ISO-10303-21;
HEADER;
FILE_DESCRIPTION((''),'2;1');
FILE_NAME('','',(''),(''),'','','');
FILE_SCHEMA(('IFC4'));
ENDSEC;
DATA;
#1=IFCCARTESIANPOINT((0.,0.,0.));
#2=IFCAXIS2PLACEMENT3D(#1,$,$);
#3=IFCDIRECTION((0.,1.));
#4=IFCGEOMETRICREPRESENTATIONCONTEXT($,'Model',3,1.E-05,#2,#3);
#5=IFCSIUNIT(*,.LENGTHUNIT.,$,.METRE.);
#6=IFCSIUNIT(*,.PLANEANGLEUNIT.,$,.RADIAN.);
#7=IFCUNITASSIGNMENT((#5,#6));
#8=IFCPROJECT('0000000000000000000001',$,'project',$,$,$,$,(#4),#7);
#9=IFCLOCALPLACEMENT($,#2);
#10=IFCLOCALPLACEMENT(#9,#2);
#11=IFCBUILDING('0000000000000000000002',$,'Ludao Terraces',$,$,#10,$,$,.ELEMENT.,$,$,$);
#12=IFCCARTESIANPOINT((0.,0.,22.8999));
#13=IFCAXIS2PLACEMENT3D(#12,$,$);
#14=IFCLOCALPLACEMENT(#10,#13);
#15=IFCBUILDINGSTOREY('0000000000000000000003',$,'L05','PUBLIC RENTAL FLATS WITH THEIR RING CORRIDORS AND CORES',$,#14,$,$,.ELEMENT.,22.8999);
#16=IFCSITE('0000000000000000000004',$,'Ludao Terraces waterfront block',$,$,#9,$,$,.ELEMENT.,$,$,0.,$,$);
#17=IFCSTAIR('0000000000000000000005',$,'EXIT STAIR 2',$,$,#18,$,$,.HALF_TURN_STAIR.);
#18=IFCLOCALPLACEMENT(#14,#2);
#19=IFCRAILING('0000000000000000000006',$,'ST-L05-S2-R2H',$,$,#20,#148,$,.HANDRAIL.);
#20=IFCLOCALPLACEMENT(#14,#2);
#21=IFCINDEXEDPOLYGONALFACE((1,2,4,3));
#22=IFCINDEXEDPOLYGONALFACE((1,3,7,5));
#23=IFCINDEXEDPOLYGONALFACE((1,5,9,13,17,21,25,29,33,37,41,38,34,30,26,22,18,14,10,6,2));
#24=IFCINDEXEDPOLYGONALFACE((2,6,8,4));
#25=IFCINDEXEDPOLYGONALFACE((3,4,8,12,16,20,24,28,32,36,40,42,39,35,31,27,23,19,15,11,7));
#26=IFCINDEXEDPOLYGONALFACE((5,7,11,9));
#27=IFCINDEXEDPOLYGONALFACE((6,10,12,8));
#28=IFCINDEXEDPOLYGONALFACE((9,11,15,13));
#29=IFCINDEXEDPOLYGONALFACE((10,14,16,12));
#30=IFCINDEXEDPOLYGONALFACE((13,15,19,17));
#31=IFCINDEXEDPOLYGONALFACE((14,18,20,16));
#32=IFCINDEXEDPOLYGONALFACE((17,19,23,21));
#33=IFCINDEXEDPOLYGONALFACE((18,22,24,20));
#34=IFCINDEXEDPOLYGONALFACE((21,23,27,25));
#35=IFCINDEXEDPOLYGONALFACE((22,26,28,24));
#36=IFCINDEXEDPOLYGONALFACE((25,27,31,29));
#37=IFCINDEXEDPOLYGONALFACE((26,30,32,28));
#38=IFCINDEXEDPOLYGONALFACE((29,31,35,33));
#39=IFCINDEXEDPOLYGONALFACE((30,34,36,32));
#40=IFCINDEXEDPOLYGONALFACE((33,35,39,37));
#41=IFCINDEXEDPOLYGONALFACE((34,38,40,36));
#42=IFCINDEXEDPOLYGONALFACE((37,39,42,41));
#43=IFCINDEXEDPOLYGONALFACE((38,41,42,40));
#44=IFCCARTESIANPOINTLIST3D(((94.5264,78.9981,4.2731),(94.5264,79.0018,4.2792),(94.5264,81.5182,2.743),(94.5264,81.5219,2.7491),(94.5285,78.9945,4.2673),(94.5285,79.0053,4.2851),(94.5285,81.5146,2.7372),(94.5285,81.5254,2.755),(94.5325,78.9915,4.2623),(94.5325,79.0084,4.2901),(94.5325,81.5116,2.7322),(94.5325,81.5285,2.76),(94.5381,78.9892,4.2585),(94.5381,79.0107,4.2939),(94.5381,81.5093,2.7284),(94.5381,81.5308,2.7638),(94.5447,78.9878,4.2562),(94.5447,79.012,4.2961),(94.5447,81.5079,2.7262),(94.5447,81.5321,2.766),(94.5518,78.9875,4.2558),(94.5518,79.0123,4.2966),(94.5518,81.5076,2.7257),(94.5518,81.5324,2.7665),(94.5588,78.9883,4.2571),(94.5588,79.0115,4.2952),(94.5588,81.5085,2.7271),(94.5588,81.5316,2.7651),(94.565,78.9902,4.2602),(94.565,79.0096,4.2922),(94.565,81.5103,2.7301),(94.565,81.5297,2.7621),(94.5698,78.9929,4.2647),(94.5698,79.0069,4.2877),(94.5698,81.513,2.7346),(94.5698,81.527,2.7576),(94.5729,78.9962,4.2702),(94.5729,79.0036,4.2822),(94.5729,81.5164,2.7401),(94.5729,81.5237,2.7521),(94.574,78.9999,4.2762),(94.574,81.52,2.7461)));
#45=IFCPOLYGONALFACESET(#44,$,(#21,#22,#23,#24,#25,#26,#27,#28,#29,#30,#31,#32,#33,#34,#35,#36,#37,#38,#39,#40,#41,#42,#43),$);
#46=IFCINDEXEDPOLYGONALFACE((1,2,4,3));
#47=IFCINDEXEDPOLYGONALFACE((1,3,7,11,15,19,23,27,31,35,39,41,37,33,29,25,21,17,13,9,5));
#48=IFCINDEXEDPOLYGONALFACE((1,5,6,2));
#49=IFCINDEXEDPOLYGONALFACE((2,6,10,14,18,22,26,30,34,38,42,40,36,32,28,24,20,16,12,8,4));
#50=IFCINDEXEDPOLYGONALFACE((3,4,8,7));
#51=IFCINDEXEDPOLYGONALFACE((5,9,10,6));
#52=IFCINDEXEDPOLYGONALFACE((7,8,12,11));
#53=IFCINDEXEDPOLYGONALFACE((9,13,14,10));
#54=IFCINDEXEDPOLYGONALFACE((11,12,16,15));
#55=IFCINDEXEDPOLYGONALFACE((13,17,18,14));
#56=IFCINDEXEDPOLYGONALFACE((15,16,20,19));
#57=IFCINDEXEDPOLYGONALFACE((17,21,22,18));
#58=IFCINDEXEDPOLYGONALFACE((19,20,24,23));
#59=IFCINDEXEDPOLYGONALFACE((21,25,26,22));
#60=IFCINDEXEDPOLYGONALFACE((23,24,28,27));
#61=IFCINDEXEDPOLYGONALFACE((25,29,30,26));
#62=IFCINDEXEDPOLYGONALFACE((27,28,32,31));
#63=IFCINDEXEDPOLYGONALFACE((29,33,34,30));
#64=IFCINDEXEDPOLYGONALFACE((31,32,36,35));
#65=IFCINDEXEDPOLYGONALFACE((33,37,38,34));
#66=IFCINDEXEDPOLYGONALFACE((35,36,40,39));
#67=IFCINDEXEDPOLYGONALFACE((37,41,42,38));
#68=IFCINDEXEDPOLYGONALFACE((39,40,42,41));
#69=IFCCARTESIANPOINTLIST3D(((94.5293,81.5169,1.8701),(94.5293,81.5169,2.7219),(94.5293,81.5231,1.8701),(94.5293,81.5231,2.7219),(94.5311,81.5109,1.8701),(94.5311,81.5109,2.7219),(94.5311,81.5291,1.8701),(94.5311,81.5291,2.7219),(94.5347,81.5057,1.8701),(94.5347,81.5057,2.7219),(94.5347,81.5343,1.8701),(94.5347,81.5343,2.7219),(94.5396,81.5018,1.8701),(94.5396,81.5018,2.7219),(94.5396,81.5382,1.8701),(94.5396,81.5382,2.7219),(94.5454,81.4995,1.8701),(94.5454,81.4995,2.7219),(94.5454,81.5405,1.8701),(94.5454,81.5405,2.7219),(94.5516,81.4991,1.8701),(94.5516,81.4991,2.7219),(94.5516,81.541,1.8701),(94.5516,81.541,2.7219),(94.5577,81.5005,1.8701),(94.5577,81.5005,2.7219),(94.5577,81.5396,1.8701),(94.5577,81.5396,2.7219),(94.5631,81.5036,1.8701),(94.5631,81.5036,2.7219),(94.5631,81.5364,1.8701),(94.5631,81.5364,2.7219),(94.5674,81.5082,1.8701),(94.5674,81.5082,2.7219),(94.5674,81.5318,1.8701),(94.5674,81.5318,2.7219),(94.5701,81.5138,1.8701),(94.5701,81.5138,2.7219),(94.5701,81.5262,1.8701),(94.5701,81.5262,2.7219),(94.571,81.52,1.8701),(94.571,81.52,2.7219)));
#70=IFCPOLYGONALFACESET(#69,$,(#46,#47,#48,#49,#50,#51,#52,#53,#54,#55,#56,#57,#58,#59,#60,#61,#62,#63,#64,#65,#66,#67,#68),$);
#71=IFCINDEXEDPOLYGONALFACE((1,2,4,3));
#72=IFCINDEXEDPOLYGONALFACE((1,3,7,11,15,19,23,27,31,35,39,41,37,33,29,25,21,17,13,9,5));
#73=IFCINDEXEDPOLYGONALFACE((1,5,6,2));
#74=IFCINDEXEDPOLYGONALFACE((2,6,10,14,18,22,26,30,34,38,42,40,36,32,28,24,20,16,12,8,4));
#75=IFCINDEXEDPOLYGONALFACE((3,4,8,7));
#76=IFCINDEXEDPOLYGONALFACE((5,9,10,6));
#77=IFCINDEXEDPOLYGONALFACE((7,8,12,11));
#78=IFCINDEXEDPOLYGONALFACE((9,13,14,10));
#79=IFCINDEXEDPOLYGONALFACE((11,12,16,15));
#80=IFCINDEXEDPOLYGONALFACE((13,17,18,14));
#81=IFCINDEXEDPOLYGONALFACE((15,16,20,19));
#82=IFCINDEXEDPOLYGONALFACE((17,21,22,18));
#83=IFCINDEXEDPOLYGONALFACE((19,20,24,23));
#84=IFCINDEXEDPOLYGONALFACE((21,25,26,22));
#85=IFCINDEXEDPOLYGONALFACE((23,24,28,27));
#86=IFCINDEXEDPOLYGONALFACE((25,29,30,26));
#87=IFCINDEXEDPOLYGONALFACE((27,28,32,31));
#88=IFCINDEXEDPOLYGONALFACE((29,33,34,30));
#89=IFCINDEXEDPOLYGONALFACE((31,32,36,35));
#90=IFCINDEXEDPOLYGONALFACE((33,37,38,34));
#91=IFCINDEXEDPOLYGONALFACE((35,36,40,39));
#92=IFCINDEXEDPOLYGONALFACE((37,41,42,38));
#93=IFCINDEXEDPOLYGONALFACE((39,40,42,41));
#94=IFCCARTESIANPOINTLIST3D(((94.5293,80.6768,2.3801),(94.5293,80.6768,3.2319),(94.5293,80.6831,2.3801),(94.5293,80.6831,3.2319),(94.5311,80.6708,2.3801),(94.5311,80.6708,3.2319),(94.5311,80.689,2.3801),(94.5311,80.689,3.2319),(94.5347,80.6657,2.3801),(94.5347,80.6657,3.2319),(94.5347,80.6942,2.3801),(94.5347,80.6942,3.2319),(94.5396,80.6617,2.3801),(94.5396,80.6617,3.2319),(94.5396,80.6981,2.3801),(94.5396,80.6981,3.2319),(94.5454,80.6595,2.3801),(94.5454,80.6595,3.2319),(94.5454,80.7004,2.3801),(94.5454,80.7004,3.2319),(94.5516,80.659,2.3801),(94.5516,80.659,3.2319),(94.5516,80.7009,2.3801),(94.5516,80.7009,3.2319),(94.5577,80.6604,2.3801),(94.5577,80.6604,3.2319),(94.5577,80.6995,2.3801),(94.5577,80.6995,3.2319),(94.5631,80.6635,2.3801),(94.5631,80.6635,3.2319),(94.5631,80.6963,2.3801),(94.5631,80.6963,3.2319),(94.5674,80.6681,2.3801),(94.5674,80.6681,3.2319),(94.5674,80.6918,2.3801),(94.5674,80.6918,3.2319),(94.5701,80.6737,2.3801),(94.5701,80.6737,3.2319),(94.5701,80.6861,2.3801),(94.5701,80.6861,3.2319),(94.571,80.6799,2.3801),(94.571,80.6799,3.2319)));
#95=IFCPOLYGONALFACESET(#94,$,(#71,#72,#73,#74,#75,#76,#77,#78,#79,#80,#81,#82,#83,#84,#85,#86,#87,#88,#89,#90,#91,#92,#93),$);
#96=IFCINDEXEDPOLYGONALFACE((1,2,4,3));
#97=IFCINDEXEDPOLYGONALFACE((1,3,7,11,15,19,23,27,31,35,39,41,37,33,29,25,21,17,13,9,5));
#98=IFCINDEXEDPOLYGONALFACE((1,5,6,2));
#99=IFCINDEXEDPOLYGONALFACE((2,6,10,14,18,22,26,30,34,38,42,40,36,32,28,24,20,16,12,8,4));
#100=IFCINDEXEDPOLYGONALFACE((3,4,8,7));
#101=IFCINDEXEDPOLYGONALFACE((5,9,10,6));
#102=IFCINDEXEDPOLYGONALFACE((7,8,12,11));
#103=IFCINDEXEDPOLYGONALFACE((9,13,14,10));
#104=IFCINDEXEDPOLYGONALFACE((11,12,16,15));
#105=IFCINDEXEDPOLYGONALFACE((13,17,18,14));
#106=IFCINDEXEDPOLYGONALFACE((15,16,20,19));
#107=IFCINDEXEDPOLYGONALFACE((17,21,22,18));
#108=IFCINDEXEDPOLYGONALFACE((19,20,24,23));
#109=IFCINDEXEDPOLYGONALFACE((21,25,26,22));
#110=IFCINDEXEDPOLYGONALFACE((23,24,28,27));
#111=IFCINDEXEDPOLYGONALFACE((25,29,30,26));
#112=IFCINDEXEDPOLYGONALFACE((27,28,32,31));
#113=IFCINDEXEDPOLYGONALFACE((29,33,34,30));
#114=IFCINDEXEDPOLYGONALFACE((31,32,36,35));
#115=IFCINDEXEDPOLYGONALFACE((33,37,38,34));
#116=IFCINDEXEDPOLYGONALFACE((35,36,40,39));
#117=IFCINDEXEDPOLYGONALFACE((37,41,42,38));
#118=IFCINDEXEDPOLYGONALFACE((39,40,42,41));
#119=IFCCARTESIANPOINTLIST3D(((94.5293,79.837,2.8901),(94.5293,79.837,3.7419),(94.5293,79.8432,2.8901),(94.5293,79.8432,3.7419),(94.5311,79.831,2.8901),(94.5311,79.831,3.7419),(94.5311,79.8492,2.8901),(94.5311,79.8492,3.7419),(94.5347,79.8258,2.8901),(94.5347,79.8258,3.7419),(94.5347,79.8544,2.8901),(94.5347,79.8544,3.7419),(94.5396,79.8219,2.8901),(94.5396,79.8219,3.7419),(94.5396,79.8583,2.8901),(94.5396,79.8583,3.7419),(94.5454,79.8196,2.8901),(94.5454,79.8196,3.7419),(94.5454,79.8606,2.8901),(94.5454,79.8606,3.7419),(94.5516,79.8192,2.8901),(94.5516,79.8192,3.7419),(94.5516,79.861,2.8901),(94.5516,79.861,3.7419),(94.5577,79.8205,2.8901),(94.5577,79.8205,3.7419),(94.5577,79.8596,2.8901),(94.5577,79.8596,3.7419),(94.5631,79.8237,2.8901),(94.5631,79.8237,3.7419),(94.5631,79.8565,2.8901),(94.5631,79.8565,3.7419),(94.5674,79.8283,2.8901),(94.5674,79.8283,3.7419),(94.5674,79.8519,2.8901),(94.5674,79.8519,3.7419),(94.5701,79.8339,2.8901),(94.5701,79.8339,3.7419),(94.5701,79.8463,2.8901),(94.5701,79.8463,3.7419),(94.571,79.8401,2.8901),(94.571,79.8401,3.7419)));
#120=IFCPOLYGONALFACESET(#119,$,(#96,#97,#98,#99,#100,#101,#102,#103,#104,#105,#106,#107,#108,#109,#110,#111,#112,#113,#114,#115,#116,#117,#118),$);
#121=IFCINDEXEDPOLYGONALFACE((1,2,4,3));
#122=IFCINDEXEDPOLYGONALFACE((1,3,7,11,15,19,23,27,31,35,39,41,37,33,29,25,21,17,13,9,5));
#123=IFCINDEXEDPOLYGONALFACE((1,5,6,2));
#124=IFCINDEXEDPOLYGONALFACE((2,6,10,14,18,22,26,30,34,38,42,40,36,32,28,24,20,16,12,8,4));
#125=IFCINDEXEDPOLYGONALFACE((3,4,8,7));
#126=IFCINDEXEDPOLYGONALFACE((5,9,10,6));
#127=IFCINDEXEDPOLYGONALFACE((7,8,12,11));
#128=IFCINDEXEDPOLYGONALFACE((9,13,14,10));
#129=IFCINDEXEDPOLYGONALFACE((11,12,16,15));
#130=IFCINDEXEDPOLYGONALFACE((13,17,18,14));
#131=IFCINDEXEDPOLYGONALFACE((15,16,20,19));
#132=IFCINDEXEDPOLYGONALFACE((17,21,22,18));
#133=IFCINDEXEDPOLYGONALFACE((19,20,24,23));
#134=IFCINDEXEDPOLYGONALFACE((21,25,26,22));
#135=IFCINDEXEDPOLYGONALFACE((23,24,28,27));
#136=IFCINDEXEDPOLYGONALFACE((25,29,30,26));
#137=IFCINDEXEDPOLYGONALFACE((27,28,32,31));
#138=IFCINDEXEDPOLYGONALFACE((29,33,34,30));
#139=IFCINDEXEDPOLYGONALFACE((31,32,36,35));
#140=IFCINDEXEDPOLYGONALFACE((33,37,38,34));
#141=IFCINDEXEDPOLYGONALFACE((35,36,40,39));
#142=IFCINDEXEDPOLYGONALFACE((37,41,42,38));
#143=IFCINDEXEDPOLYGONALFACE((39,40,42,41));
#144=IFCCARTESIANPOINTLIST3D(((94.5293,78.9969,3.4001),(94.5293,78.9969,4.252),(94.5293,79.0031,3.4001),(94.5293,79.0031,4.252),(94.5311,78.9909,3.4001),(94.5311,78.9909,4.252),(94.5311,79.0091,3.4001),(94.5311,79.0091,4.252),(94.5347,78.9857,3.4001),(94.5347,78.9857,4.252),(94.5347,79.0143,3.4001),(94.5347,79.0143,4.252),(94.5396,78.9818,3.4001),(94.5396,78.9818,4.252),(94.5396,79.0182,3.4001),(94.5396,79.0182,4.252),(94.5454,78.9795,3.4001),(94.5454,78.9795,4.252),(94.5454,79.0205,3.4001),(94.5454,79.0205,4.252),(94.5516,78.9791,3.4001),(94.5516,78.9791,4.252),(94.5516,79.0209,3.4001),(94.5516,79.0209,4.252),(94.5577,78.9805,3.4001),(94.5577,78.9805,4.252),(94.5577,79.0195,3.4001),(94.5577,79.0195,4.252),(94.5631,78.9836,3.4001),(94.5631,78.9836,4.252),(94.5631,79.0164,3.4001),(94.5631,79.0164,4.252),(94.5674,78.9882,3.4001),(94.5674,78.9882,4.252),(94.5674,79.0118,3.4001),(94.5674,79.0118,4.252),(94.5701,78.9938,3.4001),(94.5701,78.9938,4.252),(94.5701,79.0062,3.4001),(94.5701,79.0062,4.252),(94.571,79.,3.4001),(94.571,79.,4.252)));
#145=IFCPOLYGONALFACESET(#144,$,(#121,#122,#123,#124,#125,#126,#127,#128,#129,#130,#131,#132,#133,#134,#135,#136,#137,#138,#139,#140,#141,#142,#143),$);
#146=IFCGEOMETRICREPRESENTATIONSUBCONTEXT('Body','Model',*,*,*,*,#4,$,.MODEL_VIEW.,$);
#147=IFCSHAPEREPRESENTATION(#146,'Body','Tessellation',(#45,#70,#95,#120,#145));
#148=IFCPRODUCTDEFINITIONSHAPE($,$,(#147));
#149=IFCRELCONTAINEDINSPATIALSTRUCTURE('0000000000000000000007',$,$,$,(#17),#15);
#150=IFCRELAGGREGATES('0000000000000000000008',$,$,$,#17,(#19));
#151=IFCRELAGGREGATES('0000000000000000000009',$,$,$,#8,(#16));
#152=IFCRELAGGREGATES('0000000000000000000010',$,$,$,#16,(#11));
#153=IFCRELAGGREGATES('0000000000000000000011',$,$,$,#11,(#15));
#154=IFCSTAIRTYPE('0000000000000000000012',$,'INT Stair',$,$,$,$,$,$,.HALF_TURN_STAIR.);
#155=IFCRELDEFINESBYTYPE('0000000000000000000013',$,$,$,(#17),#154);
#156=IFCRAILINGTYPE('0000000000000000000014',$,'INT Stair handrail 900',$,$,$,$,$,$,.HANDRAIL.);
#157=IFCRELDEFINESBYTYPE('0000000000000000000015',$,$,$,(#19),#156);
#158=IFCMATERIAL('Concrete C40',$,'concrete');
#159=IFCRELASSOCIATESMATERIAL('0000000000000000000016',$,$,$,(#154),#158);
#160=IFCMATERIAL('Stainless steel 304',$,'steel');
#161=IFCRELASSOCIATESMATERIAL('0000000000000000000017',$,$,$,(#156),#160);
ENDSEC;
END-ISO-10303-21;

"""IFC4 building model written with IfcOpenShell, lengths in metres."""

from ifc_helpers import new_model, si_unit, direction, frame, origin, origin_2d, place, context, subcontext, project, spatial, circle, extrude, material, type_object, element, aggregate, save


model = new_model("IFC4")

# Units and contexts
model_context = context("Model", 3, precision=1e-05, world=origin(), true_north=direction((0.0, 1.0)))
body_context = subcontext(model_context, "Body", "Model", "MODEL_VIEW")
ifc_project = project(units=[si_unit("LENGTHUNIT", "METRE"), si_unit("PLANEANGLEUNIT", "RADIAN")], contexts=[model_context])

# Site, building, storey
site_placement = place(None, origin())
site = spatial("IfcSite", under=ifc_project, at=site_placement, Name="Ludao Terraces waterfront block", CompositionType="ELEMENT", RefElevation=0.0)
building_placement = place(site_placement, origin())
building = spatial("IfcBuilding", under=site, at=building_placement, Name="Ludao Terraces", CompositionType="ELEMENT")
storey_placement = place(building_placement, frame((0.0, 0.0, 22.8999)))
storey = spatial("IfcBuildingStorey", under=building, at=storey_placement, Name="L05", Description="PUBLIC RENTAL FLATS WITH THEIR RING CORRIDORS AND CORES", CompositionType="ELEMENT", Elevation=22.8999)

# Shared definitions
ifc_material_1 = material(Name="Concrete C40", Category="concrete")

# Shared definitions
ifc_material_2 = material(Name="Stainless steel 304", Category="steel")

# Stair, railing
stair_type = type_object("IfcStairType", Name="INT Stair", PredefinedType="HALF_TURN_STAIR", material=ifc_material_1)
stair_placement = place(storey_placement, origin())
stair = element("IfcStair", 1, at=stair_placement, inside=storey, type_object=stair_type, Name="EXIT STAIR 2", PredefinedType="HALF_TURN_STAIR")
railing_type_1 = type_object("IfcRailingType", Name="INT Stair handrail 900", PredefinedType="HANDRAIL", material=ifc_material_2)
railing_1_placement = place(storey_placement, frame((94.55, 81.52, 1.8701)))
railing_1 = element("IfcRailing", 2, at=railing_1_placement, type_object=railing_type_1, Name="ST-L05-S2-R2H", PredefinedType="HANDRAIL", context=body_context, shape_type="SweptSolid", body=[
    extrude(circle(Radius=0.0239, at=origin_2d()), frame((0.0, 0.0, 0.876), z_axis=(0.0, -0.854785, 0.518982), x_axis=(1.0, 0.0, 0.0)), (0.0, 0.0, 1.0), 2.9482),
    extrude(circle(Radius=0.021, at=origin_2d()), origin(), (0.0, 0.0, 1.0), 0.8518),
    extrude(circle(Radius=0.021, at=origin_2d()), frame((0.0, -0.8401, 0.51)), (0.0, 0.0, 1.0), 0.8518),
    extrude(circle(Radius=0.021, at=origin_2d()), frame((0.0, -1.6799, 1.02)), (0.0, 0.0, 1.0), 0.8518),
    extrude(circle(Radius=0.021, at=origin_2d()), frame((0.0, -2.52, 1.53)), (0.0, 0.0, 1.0), 0.8518),
])
aggregate(stair, [railing_1])

save(model, "model.ifc")
